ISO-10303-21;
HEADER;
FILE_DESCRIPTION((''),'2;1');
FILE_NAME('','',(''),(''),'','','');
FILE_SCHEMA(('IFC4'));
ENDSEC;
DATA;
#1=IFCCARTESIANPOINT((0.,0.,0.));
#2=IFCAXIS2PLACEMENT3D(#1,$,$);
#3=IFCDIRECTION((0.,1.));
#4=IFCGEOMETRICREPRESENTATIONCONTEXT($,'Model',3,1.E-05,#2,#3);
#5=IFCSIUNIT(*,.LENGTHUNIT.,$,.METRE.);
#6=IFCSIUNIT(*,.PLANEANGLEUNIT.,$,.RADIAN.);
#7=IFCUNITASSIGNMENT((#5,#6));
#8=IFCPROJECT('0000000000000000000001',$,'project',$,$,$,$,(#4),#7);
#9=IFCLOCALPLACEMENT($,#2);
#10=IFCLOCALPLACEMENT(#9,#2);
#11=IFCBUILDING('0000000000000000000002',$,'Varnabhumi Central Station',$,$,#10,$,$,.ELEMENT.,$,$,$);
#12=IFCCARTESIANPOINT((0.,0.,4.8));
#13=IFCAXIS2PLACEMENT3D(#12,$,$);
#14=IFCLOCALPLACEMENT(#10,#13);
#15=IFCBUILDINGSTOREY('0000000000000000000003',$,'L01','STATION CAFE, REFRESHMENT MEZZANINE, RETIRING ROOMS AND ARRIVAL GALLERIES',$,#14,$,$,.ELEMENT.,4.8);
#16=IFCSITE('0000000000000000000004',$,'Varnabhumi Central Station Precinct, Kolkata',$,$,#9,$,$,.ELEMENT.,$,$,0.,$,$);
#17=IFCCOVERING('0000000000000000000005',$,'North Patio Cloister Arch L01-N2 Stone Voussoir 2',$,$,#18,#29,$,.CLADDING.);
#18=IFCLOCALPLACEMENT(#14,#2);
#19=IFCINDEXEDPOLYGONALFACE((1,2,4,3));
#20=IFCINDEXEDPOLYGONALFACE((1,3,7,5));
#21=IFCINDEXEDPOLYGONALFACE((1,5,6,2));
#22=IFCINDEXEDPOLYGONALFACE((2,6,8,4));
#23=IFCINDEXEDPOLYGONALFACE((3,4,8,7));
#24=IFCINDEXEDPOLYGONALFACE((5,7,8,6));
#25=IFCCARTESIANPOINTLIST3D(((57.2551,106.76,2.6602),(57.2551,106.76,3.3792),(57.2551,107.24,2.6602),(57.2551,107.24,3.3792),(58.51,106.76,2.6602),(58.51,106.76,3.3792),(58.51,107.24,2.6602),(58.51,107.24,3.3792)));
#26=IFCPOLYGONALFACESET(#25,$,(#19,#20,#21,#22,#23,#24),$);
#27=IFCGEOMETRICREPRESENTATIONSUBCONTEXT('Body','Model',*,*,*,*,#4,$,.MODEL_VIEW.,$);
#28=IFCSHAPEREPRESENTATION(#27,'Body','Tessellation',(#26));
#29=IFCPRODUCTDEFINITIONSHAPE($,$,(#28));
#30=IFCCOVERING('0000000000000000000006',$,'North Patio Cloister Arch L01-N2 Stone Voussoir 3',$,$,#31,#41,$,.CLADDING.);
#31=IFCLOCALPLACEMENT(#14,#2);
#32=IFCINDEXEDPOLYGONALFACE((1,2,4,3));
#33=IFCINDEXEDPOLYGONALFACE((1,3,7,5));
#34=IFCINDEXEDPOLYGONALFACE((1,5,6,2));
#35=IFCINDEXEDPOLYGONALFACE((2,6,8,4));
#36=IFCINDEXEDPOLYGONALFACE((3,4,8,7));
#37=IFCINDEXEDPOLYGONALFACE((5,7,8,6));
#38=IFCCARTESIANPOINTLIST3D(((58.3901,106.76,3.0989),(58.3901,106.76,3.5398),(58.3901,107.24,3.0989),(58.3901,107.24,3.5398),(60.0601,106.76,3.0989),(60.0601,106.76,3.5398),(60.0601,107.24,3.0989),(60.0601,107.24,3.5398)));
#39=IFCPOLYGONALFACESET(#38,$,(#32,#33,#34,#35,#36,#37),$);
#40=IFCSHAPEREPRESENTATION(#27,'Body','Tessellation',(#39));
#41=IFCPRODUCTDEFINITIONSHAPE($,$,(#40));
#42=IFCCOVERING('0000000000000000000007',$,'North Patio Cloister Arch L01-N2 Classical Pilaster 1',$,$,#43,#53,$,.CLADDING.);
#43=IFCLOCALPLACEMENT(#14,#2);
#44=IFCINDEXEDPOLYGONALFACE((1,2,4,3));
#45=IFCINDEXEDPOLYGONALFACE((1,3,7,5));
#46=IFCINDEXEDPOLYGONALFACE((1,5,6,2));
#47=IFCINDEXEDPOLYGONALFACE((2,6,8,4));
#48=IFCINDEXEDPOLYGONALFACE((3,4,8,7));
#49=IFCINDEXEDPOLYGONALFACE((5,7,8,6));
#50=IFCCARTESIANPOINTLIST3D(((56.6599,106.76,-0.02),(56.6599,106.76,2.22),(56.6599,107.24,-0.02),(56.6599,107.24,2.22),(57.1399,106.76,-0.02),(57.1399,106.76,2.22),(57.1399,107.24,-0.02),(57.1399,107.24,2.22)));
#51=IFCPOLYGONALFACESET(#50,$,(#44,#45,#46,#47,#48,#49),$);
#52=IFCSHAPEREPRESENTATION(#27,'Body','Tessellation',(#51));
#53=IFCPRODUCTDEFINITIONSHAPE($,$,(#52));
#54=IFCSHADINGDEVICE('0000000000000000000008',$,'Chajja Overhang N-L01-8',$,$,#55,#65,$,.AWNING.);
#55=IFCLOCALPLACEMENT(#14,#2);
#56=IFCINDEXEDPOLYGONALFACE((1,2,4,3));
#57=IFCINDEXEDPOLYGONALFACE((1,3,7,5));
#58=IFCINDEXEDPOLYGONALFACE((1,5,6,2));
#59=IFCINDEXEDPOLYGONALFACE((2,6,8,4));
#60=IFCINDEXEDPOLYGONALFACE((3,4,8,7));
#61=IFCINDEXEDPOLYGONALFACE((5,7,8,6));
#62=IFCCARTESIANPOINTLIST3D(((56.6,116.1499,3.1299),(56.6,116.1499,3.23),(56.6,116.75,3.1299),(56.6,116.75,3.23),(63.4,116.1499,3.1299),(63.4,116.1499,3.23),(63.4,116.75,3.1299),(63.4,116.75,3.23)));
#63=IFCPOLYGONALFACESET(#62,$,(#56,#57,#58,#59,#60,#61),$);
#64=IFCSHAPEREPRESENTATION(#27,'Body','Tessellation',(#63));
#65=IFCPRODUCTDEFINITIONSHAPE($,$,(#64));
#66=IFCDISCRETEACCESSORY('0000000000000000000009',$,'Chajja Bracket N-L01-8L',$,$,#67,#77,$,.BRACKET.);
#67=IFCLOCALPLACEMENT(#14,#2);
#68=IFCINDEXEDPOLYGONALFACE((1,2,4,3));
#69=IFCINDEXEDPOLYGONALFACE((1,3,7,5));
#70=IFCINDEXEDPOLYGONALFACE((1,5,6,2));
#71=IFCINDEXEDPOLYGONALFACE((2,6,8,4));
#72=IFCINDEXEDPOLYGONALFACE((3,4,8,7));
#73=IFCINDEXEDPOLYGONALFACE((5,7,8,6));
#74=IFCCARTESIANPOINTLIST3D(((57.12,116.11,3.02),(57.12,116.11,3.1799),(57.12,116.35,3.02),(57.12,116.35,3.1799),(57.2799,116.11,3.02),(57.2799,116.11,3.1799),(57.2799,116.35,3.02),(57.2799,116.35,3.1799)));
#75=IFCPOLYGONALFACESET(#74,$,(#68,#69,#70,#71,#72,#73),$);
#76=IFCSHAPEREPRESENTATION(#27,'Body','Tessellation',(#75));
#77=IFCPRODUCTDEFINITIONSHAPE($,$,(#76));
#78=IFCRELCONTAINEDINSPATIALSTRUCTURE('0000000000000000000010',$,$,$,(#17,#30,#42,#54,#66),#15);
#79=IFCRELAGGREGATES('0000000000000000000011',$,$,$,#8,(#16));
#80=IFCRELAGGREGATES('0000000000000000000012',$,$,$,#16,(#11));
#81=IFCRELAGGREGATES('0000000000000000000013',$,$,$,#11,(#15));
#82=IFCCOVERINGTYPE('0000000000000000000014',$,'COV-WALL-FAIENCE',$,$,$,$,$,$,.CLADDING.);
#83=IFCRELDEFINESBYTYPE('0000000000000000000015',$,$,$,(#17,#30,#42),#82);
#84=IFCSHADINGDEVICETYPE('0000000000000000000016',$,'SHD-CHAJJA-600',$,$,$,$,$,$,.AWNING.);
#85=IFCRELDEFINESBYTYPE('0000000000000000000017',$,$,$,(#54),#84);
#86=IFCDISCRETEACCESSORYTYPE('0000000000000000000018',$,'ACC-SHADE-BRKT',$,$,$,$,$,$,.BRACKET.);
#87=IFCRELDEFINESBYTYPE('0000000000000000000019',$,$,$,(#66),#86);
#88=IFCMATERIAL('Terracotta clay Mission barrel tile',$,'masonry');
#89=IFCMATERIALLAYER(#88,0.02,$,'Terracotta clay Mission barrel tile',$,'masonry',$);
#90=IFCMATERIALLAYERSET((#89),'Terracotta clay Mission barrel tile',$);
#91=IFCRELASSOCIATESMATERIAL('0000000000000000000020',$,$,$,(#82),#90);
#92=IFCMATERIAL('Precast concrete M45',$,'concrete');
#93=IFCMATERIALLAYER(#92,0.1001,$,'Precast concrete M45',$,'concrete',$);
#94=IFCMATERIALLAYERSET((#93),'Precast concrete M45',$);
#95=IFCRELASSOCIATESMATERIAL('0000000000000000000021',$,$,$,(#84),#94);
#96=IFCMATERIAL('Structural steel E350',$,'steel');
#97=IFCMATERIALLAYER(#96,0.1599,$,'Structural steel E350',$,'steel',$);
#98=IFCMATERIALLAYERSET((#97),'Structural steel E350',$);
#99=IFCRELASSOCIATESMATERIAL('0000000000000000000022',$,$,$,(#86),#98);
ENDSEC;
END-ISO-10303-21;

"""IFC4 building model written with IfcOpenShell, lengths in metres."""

from ifc_helpers import new_model, si_unit, direction, frame, origin, origin_2d, place, context, subcontext, project, spatial, rectangle, extrude, material, layer, layer_set, type_object, element, save


model = new_model("IFC4")

# Units and contexts
model_context = context("Model", 3, precision=1e-05, world=origin(), true_north=direction((0.0, 1.0)))
body_context = subcontext(model_context, "Body", "Model", "MODEL_VIEW")
ifc_project = project(units=[si_unit("LENGTHUNIT", "METRE"), si_unit("PLANEANGLEUNIT", "RADIAN")], contexts=[model_context])

# Site, building, storey
site_placement = place(None, origin())
site = spatial("IfcSite", under=ifc_project, at=site_placement, Name="Varnabhumi Central Station Precinct, Kolkata", CompositionType="ELEMENT", RefElevation=0.0)
building_placement = place(site_placement, origin())
building = spatial("IfcBuilding", under=site, at=building_placement, Name="Varnabhumi Central Station", CompositionType="ELEMENT")
storey_placement = place(building_placement, frame((0.0, 0.0, 4.8)))
storey = spatial("IfcBuildingStorey", under=building, at=storey_placement, Name="L01", Description="STATION CAFE, REFRESHMENT MEZZANINE, RETIRING ROOMS AND ARRIVAL GALLERIES", CompositionType="ELEMENT", Elevation=4.8)

# Coverings
ifc_material_1 = material(Name="Terracotta clay Mission barrel tile", Category="masonry")
ifc_layer_1 = layer(ifc_material_1, 0.02, Name="Terracotta clay Mission barrel tile", Category="masonry")
ifc_layer_set_1 = layer_set([ifc_layer_1], Name="Terracotta clay Mission barrel tile")
covering_type = type_object("IfcCoveringType", Name="COV-WALL-FAIENCE", PredefinedType="CLADDING", material=ifc_layer_set_1)
covering_1_placement = place(storey_placement, frame((57.8826, 107.0, 2.6602), z_axis=(0.0, 0.0, 1.0), x_axis=(1.0, 0.0, 0.0)))
element("IfcCovering", 1, at=covering_1_placement, inside=storey, type_object=covering_type, Name="North Patio Cloister Arch L01-N2 Stone Voussoir 2", PredefinedType="CLADDING", context=body_context, shape_type="SweptSolid", body=[
    extrude(rectangle(XDim=1.2549, YDim=0.48, at=origin_2d()), origin(), (0.0, 0.0, 1.0), 0.719),
])
covering_2_placement = place(storey_placement, frame((59.2251, 107.0, 3.0989), z_axis=(0.0, 0.0, 1.0), x_axis=(1.0, 0.0, 0.0)))
element("IfcCovering", 2, at=covering_2_placement, inside=storey, type_object=covering_type, Name="North Patio Cloister Arch L01-N2 Stone Voussoir 3", PredefinedType="CLADDING", context=body_context, shape_type="SweptSolid", body=[
    extrude(rectangle(XDim=1.6699, YDim=0.48, at=origin_2d()), origin(), (0.0, 0.0, 1.0), 0.4409),
])
covering_3_placement = place(storey_placement, frame((56.8999, 107.0, -0.02), z_axis=(0.0, 0.0, 1.0), x_axis=(1.0, 0.0, 0.0)))
element("IfcCovering", 3, at=covering_3_placement, inside=storey, type_object=covering_type, Name="North Patio Cloister Arch L01-N2 Classical Pilaster 1", PredefinedType="CLADDING", context=body_context, shape_type="SweptSolid", body=[
    extrude(rectangle(XDim=0.48, YDim=0.48, at=origin_2d()), origin(), (0.0, 0.0, 1.0), 2.24),
])

# Shading device
ifc_material_2 = material(Name="Precast concrete M45", Category="concrete")
ifc_layer_2 = layer(ifc_material_2, 0.1001, Name="Precast concrete M45", Category="concrete")
ifc_layer_set_2 = layer_set([ifc_layer_2], Name="Precast concrete M45")
shading_device_type = type_object("IfcShadingDeviceType", Name="SHD-CHAJJA-600", PredefinedType="AWNING", material=ifc_layer_set_2)
shading_device_placement = place(storey_placement, frame((60.0, 116.45, 3.1299), z_axis=(0.0, 0.0, 1.0), x_axis=(1.0, 0.0, 0.0)))
element("IfcShadingDevice", 4, at=shading_device_placement, inside=storey, type_object=shading_device_type, Name="Chajja Overhang N-L01-8", PredefinedType="AWNING", context=body_context, shape_type="SweptSolid", body=[
    extrude(rectangle(XDim=6.8, YDim=0.6001, at=origin_2d()), origin(), (0.0, 0.0, 1.0), 0.1001),
])

# Discrete accessory
ifc_material_3 = material(Name="Structural steel E350", Category="steel")
ifc_layer_3 = layer(ifc_material_3, 0.1599, Name="Structural steel E350", Category="steel")
ifc_layer_set_3 = layer_set([ifc_layer_3], Name="Structural steel E350")
discrete_accessory_type = type_object("IfcDiscreteAccessoryType", Name="ACC-SHADE-BRKT", PredefinedType="BRACKET", material=ifc_layer_set_3)
discrete_accessory_placement = place(storey_placement, frame((57.2, 116.23, 3.02), z_axis=(0.0, 0.0, 1.0), x_axis=(1.0, 0.0, 0.0)))
element("IfcDiscreteAccessory", 5, at=discrete_accessory_placement, inside=storey, type_object=discrete_accessory_type, Name="Chajja Bracket N-L01-8L", PredefinedType="BRACKET", context=body_context, shape_type="SweptSolid", body=[
    extrude(rectangle(XDim=0.1599, YDim=0.24, at=origin_2d()), origin(), (0.0, 0.0, 1.0), 0.1599),
])

save(model, "model.ifc")
